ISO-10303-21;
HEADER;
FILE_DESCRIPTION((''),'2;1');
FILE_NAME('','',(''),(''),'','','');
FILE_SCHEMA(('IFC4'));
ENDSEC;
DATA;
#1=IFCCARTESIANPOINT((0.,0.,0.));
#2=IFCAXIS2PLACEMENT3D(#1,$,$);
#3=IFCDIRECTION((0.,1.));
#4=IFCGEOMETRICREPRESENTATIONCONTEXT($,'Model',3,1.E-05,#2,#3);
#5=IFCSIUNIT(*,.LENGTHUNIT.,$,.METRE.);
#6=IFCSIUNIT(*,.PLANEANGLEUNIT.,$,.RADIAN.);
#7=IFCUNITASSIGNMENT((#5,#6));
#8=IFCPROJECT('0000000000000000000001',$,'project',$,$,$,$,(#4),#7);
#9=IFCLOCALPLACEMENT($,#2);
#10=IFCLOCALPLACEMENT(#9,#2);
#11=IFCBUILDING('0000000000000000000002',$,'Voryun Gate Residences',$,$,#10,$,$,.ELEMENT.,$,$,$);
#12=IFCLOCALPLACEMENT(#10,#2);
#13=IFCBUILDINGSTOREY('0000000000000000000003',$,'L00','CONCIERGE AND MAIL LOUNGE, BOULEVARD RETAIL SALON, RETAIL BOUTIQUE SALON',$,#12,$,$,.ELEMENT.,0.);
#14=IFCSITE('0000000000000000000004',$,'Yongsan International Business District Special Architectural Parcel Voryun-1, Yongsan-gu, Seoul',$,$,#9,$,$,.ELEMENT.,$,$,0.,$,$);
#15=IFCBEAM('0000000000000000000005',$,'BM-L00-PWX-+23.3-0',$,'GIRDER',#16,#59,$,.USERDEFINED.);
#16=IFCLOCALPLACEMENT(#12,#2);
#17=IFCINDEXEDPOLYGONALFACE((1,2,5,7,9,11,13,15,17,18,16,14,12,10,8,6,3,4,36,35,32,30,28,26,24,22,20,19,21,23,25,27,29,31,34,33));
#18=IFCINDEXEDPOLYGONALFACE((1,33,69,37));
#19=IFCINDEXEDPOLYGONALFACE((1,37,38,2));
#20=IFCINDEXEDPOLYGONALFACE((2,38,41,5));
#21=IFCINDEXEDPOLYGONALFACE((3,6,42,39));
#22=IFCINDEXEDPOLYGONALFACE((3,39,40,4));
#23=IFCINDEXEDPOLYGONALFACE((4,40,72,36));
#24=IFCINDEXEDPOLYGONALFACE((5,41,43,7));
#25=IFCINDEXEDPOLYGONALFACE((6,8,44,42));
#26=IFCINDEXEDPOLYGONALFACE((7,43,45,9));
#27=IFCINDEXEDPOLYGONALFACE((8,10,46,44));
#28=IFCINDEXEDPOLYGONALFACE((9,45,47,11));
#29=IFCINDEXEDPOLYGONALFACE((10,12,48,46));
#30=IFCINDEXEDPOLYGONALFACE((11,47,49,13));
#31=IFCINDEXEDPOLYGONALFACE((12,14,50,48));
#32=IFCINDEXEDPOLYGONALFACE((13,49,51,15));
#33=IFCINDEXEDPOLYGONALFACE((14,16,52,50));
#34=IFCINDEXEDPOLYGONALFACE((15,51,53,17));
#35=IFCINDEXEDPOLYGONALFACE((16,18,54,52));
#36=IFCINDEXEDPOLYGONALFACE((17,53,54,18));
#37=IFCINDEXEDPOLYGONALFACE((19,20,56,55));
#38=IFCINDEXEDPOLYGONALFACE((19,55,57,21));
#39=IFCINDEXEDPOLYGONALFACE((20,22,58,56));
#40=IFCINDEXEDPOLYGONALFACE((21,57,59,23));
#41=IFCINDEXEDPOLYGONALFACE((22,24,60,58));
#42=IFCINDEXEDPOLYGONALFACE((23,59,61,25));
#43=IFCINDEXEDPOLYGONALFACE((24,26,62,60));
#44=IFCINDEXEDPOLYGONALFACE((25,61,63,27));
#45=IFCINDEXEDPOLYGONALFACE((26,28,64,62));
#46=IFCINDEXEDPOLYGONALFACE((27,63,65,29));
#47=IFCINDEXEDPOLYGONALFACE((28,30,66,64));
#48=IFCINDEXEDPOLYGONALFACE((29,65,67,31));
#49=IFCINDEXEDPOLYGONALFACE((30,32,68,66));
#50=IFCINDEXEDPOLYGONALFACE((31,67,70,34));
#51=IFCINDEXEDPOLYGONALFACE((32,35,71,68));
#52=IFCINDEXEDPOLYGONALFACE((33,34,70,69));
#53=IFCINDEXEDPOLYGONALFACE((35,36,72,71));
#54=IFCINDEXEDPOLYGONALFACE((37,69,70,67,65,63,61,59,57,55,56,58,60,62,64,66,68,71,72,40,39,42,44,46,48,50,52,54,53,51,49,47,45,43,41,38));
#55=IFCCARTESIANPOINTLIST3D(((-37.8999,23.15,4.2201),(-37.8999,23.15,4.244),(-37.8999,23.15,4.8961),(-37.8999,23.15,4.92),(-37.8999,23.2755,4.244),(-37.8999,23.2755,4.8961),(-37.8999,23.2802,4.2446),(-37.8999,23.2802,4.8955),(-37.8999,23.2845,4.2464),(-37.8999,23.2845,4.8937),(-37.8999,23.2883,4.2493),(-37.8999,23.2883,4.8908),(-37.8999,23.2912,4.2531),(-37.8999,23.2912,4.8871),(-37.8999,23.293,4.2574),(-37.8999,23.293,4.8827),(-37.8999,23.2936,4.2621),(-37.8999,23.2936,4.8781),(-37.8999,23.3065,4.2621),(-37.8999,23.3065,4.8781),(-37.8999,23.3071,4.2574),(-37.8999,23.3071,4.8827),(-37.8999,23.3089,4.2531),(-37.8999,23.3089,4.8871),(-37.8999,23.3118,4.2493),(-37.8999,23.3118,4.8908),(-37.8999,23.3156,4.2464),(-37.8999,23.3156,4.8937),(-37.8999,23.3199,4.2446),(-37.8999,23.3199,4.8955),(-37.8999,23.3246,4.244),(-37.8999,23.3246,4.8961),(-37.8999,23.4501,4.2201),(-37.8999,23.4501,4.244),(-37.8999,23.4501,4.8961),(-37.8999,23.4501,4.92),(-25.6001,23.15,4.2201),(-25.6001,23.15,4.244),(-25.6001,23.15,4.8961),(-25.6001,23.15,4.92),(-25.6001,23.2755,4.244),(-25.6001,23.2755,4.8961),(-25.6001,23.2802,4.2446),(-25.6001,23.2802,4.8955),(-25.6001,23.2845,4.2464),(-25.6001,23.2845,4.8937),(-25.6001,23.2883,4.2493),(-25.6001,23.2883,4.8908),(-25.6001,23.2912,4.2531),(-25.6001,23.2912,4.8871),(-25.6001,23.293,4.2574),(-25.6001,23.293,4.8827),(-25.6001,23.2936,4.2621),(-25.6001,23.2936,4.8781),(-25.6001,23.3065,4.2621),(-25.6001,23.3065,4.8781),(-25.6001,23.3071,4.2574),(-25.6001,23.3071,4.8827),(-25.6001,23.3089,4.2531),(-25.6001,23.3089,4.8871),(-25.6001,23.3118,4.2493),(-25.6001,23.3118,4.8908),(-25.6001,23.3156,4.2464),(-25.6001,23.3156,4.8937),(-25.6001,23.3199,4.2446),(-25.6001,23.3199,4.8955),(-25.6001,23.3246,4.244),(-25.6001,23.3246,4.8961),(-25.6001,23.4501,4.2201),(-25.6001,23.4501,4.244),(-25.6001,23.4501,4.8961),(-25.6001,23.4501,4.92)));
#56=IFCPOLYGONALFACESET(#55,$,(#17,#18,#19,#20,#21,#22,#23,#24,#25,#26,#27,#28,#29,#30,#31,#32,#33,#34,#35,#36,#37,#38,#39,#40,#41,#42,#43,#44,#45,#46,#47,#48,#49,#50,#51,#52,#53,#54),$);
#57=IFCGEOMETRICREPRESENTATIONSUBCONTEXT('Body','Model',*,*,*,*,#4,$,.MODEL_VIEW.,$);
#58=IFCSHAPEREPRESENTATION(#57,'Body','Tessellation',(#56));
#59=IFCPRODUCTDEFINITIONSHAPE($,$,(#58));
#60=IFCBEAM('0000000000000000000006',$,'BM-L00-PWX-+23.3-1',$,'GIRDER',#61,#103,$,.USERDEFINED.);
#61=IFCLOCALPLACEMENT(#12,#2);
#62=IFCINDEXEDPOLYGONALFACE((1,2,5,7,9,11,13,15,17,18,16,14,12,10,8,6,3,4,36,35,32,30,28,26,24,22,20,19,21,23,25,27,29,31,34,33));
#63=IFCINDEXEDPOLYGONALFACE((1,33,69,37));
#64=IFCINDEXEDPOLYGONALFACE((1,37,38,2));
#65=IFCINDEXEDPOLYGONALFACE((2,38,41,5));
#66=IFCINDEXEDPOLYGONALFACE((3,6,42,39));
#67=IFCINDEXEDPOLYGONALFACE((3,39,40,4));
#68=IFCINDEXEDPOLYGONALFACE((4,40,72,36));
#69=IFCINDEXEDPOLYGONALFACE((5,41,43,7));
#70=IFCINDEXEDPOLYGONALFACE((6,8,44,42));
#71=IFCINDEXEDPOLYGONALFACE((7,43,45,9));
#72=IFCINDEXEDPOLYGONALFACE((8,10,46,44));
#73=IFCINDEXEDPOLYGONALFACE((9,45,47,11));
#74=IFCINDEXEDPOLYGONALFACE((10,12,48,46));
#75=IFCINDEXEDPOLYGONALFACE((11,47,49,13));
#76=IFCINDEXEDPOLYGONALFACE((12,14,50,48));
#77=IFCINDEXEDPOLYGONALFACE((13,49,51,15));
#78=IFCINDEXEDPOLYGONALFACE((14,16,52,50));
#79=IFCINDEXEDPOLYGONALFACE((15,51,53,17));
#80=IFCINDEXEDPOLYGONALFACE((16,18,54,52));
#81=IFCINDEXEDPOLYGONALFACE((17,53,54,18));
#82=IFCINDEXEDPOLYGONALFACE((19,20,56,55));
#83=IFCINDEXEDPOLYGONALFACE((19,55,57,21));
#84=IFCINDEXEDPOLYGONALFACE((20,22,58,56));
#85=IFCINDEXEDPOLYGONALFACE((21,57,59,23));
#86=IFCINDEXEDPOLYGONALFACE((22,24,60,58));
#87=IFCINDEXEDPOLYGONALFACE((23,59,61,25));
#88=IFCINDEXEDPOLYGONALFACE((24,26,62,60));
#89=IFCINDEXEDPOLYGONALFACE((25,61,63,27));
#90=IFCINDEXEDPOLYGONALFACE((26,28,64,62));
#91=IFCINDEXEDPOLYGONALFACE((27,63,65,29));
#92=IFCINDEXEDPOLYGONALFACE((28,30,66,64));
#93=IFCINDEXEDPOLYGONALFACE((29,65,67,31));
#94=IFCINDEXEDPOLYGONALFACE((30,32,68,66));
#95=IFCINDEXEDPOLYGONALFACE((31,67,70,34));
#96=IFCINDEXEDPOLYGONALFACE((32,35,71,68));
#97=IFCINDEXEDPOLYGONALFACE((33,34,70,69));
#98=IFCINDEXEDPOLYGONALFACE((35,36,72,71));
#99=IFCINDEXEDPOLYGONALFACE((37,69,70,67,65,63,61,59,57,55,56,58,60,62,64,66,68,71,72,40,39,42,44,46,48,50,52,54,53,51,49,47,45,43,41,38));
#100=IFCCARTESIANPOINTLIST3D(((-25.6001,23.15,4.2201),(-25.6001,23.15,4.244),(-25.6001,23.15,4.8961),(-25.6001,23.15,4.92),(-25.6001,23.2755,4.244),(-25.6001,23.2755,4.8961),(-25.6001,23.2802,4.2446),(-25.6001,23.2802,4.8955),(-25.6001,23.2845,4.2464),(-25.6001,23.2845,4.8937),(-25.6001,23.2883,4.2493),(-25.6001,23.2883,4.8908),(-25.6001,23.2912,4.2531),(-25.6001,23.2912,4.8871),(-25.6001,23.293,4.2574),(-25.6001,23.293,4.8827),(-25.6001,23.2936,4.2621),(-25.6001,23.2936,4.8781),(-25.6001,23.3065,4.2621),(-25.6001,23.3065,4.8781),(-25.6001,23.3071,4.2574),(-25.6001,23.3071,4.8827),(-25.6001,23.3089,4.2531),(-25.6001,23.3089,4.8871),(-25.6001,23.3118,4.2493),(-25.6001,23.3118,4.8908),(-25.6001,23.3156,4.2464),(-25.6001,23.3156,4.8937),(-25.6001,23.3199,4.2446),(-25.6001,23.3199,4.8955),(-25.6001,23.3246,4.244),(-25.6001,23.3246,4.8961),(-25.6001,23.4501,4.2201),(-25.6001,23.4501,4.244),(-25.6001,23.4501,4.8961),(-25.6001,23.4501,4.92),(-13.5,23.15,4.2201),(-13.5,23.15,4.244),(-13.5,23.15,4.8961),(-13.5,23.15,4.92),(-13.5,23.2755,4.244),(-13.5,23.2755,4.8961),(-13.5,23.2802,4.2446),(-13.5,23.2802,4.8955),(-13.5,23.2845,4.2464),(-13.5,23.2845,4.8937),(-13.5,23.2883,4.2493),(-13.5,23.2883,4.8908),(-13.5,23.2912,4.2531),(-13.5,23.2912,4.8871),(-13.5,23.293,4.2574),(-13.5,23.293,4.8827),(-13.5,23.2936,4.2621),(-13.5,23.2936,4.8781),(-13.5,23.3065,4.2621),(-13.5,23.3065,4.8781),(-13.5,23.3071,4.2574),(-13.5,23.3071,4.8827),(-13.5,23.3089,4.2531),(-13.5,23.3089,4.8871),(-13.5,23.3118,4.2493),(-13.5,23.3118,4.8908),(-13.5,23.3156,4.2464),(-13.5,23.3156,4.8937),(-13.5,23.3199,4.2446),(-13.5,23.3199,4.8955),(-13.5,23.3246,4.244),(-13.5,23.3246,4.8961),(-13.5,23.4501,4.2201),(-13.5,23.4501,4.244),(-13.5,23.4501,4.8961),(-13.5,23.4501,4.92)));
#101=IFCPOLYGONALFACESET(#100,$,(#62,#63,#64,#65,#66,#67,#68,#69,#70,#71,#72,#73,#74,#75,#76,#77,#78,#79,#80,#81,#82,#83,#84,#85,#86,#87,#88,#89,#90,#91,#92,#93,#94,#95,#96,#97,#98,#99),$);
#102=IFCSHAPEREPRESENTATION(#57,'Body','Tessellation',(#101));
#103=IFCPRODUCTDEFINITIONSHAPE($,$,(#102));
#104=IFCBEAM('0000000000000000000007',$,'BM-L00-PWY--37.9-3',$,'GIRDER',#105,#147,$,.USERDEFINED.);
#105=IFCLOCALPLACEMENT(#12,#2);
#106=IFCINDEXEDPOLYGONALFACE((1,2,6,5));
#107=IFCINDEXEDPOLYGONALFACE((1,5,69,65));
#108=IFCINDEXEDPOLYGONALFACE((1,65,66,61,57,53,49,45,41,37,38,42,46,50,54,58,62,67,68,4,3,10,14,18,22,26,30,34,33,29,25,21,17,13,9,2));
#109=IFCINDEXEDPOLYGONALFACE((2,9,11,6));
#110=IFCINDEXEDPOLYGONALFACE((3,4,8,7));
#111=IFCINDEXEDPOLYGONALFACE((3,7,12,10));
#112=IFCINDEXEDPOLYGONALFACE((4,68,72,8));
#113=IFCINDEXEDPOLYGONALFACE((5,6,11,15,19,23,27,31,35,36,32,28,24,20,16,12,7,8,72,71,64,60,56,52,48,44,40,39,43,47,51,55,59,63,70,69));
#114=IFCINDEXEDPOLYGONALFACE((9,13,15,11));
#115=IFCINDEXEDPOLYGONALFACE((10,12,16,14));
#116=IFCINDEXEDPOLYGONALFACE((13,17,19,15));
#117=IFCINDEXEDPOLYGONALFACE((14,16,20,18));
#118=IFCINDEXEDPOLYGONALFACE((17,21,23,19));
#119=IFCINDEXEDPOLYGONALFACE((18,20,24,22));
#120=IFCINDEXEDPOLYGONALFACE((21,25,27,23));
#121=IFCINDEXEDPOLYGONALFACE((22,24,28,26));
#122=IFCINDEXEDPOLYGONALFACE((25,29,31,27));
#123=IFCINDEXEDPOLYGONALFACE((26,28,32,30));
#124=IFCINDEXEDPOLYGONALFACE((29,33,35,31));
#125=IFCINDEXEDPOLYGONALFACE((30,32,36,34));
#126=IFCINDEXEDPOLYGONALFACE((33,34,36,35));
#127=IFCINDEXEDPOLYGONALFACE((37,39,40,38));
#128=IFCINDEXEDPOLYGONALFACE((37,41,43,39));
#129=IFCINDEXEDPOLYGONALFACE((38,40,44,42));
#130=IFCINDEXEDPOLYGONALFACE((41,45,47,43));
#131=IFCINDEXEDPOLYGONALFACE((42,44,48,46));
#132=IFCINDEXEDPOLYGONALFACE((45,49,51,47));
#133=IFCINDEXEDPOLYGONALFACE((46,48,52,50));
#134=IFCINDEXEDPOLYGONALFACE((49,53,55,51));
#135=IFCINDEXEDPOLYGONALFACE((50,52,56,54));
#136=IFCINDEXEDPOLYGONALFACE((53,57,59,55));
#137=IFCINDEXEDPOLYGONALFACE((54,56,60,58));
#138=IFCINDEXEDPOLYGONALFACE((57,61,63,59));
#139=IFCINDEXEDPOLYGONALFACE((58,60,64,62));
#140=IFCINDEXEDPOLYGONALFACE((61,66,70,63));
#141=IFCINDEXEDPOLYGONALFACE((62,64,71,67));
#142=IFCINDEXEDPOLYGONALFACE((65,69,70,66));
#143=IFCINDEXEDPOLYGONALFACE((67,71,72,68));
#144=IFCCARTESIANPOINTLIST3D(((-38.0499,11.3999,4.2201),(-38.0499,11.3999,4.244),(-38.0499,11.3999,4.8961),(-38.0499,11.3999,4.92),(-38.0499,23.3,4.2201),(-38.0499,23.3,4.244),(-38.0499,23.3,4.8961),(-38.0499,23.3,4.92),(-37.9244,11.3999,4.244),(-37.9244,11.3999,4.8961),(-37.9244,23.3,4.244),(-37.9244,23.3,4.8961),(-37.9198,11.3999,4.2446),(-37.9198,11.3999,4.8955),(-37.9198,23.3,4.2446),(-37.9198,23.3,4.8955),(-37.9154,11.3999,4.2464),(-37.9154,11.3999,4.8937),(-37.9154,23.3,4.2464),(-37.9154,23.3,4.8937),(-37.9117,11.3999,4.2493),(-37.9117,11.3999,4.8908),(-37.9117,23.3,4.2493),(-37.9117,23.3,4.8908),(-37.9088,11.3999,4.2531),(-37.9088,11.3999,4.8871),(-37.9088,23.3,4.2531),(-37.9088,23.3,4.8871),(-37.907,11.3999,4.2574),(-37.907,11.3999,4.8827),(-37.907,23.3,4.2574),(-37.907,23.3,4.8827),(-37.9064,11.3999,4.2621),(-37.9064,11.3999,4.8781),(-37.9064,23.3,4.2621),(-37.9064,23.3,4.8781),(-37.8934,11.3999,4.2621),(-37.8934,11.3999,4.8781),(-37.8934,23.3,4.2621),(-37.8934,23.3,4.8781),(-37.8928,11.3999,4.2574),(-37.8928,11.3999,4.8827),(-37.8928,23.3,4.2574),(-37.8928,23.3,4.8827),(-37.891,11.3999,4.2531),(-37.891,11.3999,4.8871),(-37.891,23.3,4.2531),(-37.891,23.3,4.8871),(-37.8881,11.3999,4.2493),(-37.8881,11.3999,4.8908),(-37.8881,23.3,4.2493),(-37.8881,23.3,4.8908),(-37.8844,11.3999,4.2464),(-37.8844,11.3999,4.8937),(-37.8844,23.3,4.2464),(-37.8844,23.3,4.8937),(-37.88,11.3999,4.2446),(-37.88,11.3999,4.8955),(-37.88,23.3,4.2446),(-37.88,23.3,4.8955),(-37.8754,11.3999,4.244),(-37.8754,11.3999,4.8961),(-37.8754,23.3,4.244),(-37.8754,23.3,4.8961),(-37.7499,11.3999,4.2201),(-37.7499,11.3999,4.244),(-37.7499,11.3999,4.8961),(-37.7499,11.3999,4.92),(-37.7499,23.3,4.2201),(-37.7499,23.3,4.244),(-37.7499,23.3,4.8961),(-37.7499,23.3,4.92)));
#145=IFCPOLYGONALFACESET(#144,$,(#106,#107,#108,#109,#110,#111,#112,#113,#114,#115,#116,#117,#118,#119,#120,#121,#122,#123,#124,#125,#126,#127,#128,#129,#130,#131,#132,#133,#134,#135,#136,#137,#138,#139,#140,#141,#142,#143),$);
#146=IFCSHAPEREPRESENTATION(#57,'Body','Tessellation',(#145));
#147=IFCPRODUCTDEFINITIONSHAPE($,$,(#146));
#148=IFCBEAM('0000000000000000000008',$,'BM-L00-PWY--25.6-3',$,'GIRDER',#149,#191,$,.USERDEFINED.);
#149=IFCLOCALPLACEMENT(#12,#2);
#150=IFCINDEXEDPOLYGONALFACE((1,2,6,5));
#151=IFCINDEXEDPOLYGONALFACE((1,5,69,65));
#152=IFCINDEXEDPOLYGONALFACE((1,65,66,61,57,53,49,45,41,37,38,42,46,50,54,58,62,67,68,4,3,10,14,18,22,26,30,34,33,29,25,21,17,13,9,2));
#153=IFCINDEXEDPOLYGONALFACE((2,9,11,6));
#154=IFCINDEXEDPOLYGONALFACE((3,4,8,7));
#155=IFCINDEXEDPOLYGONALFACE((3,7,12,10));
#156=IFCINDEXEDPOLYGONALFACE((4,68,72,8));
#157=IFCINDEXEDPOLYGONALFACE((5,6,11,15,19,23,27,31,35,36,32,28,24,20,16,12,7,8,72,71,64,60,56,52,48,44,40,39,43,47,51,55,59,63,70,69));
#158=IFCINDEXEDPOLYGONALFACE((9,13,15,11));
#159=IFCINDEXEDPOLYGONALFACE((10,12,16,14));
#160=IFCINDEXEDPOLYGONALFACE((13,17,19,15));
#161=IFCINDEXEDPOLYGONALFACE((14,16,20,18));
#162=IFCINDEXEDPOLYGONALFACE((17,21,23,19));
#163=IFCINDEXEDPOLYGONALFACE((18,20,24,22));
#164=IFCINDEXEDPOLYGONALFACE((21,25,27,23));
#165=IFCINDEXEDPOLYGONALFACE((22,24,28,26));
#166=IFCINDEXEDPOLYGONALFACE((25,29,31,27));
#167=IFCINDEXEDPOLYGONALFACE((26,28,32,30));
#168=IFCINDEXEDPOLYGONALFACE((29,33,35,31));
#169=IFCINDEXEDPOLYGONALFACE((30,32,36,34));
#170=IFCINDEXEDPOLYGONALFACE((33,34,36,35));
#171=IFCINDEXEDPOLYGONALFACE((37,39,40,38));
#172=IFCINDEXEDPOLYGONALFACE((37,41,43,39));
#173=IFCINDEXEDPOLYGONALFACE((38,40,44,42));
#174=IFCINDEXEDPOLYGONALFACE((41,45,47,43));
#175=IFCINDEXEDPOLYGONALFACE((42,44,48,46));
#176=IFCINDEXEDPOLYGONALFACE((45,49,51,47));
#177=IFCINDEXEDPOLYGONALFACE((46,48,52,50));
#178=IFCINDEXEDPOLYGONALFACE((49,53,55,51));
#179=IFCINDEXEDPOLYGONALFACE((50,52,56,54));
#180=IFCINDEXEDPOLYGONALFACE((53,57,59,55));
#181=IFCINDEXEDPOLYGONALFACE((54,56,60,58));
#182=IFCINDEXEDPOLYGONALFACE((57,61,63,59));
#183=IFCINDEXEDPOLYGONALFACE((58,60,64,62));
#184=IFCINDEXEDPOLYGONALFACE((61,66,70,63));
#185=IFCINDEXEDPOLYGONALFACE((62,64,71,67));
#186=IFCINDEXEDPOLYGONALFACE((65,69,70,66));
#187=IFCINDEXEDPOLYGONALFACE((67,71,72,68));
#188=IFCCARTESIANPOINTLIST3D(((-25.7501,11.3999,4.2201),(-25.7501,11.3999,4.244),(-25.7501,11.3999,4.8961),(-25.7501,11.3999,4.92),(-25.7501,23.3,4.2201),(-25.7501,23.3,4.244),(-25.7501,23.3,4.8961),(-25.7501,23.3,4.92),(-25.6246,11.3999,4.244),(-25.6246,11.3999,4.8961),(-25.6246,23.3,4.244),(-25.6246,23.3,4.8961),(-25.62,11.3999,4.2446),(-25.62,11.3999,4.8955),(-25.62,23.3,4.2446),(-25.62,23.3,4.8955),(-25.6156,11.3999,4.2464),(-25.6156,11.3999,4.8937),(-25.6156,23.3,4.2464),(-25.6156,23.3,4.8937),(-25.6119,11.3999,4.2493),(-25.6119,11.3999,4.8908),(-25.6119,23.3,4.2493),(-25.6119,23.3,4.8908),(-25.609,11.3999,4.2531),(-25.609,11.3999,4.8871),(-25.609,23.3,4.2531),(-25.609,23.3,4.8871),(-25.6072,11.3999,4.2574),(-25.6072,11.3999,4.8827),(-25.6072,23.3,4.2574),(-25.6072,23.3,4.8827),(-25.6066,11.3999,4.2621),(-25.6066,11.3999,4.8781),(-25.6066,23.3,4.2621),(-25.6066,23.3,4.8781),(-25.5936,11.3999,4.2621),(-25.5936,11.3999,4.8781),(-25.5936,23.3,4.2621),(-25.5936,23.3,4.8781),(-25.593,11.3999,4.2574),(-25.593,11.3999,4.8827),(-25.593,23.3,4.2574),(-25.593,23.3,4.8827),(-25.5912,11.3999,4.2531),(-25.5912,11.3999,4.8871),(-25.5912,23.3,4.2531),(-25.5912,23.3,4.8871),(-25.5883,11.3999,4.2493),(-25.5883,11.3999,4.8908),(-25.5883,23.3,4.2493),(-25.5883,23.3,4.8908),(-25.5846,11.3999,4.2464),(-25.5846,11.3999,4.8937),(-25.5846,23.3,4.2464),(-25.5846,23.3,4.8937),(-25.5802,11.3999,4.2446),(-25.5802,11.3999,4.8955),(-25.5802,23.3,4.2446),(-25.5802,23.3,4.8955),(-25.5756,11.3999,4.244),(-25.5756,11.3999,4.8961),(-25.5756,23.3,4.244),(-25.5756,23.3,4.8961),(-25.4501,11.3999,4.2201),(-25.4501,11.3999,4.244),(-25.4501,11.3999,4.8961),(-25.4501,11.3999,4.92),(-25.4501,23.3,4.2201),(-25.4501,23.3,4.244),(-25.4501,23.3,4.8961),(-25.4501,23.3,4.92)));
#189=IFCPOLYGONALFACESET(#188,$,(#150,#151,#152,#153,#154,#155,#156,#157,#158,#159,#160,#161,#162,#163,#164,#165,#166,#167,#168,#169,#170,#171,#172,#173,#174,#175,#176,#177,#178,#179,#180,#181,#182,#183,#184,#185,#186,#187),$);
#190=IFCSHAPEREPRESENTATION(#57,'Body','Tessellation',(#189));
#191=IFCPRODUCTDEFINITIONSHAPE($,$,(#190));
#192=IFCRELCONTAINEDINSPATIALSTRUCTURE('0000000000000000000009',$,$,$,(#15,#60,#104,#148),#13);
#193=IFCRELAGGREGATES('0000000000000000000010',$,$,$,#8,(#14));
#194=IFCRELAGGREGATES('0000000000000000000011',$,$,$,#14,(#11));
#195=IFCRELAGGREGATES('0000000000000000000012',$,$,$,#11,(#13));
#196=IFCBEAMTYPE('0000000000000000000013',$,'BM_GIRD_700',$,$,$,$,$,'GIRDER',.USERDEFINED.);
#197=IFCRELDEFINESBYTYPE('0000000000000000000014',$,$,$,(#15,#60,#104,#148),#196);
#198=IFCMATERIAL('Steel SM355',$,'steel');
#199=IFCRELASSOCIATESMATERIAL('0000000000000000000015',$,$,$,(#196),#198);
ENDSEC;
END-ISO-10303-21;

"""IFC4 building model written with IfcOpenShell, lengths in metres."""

from ifc_helpers import new_model, si_unit, direction, frame, origin, origin_2d, place, context, subcontext, project, spatial, i_section, extrude, material, material_profile, profile_set, type_object, element, save


model = new_model("IFC4")

# Units and contexts
model_context = context("Model", 3, precision=1e-05, world=origin(), true_north=direction((0.0, 1.0)))
body_context = subcontext(model_context, "Body", "Model", "MODEL_VIEW")
ifc_project = project(units=[si_unit("LENGTHUNIT", "METRE"), si_unit("PLANEANGLEUNIT", "RADIAN")], contexts=[model_context])

# Site, building, storey
site_placement = place(None, origin())
site = spatial("IfcSite", under=ifc_project, at=site_placement, Name="Yongsan International Business District Special Architectural Parcel Voryun-1, Yongsan-gu, Seoul", CompositionType="ELEMENT", RefElevation=0.0)
building_placement = place(site_placement, origin())
building = spatial("IfcBuilding", under=site, at=building_placement, Name="Voryun Gate Residences", CompositionType="ELEMENT")
storey_placement = place(building_placement, origin())
storey = spatial("IfcBuildingStorey", under=building, at=storey_placement, Name="L00", Description="CONCIERGE AND MAIL LOUNGE, BOULEVARD RETAIL SALON, RETAIL BOUTIQUE SALON", CompositionType="ELEMENT", Elevation=0.0)

# Beams
ifc_material_1 = material(Name="Steel SM355", Category="steel")
ifc_material_profile_1 = material_profile(ifc_material_1, i_section(OverallWidth=0.3, OverallDepth=0.7, WebThickness=0.0129, FlangeThickness=0.0239, FilletRadius=0.0181, at=origin_2d()), Name="H-700x300x13x24")
ifc_profile_set_1 = profile_set([ifc_material_profile_1], Name="Steel SM355")
beam_type = type_object("IfcBeamType", Name="BM_GIRD_700", ElementType="GIRDER", PredefinedType="USERDEFINED", material=ifc_profile_set_1)
beam_1_placement = place(storey_placement, frame((-37.8999, 23.3, 4.5701), z_axis=(1.0, 0.0, 0.0), x_axis=(0.0, 1.0, 0.0)))
element("IfcBeam", 1, at=beam_1_placement, inside=storey, type_object=beam_type, Name="BM-L00-PWX-+23.3-0", ObjectType="GIRDER", PredefinedType="USERDEFINED", context=body_context, shape_type="SweptSolid", body=[
    extrude(i_section(OverallWidth=0.3, OverallDepth=0.7, WebThickness=0.0129, FlangeThickness=0.0239, FilletRadius=0.0181, at=origin_2d()), origin(), (0.0, 0.0, 1.0), 12.2998),
])
beam_2_placement = place(storey_placement, frame((-25.6001, 23.3, 4.5701), z_axis=(1.0, 0.0, 0.0), x_axis=(0.0, 1.0, 0.0)))
element("IfcBeam", 2, at=beam_2_placement, inside=storey, type_object=beam_type, Name="BM-L00-PWX-+23.3-1", ObjectType="GIRDER", PredefinedType="USERDEFINED", context=body_context, shape_type="SweptSolid", body=[
    extrude(i_section(OverallWidth=0.3, OverallDepth=0.7, WebThickness=0.0129, FlangeThickness=0.0239, FilletRadius=0.0181, at=origin_2d()), origin(), (0.0, 0.0, 1.0), 12.1001),
])
for number, where, z_axis, x_axis, name in (
    (3, (-37.8999, 11.3999, 4.5701), (0.0, 1.0, 0.0), (-1.0, 0.0, 0.0), "BM-L00-PWY--37.9-3"),
    (4, (-25.6001, 11.3999, 4.5701), (0.0, 1.0, 0.0), (-1.0, 0.0, 0.0), "BM-L00-PWY--25.6-3"),
):
    element("IfcBeam", number, at=place(storey_placement, frame(where, z_axis=z_axis, x_axis=x_axis)), inside=storey, type_object=beam_type, Name=name, ObjectType="GIRDER", PredefinedType="USERDEFINED", context=body_context, shape_type="SweptSolid", body=[
        extrude(i_section(OverallWidth=0.3, OverallDepth=0.7, WebThickness=0.0129, FlangeThickness=0.0239, FilletRadius=0.0181, at=origin_2d()), origin(), (0.0, 0.0, 1.0), 11.9001),
    ])

save(model, "model.ifc")
